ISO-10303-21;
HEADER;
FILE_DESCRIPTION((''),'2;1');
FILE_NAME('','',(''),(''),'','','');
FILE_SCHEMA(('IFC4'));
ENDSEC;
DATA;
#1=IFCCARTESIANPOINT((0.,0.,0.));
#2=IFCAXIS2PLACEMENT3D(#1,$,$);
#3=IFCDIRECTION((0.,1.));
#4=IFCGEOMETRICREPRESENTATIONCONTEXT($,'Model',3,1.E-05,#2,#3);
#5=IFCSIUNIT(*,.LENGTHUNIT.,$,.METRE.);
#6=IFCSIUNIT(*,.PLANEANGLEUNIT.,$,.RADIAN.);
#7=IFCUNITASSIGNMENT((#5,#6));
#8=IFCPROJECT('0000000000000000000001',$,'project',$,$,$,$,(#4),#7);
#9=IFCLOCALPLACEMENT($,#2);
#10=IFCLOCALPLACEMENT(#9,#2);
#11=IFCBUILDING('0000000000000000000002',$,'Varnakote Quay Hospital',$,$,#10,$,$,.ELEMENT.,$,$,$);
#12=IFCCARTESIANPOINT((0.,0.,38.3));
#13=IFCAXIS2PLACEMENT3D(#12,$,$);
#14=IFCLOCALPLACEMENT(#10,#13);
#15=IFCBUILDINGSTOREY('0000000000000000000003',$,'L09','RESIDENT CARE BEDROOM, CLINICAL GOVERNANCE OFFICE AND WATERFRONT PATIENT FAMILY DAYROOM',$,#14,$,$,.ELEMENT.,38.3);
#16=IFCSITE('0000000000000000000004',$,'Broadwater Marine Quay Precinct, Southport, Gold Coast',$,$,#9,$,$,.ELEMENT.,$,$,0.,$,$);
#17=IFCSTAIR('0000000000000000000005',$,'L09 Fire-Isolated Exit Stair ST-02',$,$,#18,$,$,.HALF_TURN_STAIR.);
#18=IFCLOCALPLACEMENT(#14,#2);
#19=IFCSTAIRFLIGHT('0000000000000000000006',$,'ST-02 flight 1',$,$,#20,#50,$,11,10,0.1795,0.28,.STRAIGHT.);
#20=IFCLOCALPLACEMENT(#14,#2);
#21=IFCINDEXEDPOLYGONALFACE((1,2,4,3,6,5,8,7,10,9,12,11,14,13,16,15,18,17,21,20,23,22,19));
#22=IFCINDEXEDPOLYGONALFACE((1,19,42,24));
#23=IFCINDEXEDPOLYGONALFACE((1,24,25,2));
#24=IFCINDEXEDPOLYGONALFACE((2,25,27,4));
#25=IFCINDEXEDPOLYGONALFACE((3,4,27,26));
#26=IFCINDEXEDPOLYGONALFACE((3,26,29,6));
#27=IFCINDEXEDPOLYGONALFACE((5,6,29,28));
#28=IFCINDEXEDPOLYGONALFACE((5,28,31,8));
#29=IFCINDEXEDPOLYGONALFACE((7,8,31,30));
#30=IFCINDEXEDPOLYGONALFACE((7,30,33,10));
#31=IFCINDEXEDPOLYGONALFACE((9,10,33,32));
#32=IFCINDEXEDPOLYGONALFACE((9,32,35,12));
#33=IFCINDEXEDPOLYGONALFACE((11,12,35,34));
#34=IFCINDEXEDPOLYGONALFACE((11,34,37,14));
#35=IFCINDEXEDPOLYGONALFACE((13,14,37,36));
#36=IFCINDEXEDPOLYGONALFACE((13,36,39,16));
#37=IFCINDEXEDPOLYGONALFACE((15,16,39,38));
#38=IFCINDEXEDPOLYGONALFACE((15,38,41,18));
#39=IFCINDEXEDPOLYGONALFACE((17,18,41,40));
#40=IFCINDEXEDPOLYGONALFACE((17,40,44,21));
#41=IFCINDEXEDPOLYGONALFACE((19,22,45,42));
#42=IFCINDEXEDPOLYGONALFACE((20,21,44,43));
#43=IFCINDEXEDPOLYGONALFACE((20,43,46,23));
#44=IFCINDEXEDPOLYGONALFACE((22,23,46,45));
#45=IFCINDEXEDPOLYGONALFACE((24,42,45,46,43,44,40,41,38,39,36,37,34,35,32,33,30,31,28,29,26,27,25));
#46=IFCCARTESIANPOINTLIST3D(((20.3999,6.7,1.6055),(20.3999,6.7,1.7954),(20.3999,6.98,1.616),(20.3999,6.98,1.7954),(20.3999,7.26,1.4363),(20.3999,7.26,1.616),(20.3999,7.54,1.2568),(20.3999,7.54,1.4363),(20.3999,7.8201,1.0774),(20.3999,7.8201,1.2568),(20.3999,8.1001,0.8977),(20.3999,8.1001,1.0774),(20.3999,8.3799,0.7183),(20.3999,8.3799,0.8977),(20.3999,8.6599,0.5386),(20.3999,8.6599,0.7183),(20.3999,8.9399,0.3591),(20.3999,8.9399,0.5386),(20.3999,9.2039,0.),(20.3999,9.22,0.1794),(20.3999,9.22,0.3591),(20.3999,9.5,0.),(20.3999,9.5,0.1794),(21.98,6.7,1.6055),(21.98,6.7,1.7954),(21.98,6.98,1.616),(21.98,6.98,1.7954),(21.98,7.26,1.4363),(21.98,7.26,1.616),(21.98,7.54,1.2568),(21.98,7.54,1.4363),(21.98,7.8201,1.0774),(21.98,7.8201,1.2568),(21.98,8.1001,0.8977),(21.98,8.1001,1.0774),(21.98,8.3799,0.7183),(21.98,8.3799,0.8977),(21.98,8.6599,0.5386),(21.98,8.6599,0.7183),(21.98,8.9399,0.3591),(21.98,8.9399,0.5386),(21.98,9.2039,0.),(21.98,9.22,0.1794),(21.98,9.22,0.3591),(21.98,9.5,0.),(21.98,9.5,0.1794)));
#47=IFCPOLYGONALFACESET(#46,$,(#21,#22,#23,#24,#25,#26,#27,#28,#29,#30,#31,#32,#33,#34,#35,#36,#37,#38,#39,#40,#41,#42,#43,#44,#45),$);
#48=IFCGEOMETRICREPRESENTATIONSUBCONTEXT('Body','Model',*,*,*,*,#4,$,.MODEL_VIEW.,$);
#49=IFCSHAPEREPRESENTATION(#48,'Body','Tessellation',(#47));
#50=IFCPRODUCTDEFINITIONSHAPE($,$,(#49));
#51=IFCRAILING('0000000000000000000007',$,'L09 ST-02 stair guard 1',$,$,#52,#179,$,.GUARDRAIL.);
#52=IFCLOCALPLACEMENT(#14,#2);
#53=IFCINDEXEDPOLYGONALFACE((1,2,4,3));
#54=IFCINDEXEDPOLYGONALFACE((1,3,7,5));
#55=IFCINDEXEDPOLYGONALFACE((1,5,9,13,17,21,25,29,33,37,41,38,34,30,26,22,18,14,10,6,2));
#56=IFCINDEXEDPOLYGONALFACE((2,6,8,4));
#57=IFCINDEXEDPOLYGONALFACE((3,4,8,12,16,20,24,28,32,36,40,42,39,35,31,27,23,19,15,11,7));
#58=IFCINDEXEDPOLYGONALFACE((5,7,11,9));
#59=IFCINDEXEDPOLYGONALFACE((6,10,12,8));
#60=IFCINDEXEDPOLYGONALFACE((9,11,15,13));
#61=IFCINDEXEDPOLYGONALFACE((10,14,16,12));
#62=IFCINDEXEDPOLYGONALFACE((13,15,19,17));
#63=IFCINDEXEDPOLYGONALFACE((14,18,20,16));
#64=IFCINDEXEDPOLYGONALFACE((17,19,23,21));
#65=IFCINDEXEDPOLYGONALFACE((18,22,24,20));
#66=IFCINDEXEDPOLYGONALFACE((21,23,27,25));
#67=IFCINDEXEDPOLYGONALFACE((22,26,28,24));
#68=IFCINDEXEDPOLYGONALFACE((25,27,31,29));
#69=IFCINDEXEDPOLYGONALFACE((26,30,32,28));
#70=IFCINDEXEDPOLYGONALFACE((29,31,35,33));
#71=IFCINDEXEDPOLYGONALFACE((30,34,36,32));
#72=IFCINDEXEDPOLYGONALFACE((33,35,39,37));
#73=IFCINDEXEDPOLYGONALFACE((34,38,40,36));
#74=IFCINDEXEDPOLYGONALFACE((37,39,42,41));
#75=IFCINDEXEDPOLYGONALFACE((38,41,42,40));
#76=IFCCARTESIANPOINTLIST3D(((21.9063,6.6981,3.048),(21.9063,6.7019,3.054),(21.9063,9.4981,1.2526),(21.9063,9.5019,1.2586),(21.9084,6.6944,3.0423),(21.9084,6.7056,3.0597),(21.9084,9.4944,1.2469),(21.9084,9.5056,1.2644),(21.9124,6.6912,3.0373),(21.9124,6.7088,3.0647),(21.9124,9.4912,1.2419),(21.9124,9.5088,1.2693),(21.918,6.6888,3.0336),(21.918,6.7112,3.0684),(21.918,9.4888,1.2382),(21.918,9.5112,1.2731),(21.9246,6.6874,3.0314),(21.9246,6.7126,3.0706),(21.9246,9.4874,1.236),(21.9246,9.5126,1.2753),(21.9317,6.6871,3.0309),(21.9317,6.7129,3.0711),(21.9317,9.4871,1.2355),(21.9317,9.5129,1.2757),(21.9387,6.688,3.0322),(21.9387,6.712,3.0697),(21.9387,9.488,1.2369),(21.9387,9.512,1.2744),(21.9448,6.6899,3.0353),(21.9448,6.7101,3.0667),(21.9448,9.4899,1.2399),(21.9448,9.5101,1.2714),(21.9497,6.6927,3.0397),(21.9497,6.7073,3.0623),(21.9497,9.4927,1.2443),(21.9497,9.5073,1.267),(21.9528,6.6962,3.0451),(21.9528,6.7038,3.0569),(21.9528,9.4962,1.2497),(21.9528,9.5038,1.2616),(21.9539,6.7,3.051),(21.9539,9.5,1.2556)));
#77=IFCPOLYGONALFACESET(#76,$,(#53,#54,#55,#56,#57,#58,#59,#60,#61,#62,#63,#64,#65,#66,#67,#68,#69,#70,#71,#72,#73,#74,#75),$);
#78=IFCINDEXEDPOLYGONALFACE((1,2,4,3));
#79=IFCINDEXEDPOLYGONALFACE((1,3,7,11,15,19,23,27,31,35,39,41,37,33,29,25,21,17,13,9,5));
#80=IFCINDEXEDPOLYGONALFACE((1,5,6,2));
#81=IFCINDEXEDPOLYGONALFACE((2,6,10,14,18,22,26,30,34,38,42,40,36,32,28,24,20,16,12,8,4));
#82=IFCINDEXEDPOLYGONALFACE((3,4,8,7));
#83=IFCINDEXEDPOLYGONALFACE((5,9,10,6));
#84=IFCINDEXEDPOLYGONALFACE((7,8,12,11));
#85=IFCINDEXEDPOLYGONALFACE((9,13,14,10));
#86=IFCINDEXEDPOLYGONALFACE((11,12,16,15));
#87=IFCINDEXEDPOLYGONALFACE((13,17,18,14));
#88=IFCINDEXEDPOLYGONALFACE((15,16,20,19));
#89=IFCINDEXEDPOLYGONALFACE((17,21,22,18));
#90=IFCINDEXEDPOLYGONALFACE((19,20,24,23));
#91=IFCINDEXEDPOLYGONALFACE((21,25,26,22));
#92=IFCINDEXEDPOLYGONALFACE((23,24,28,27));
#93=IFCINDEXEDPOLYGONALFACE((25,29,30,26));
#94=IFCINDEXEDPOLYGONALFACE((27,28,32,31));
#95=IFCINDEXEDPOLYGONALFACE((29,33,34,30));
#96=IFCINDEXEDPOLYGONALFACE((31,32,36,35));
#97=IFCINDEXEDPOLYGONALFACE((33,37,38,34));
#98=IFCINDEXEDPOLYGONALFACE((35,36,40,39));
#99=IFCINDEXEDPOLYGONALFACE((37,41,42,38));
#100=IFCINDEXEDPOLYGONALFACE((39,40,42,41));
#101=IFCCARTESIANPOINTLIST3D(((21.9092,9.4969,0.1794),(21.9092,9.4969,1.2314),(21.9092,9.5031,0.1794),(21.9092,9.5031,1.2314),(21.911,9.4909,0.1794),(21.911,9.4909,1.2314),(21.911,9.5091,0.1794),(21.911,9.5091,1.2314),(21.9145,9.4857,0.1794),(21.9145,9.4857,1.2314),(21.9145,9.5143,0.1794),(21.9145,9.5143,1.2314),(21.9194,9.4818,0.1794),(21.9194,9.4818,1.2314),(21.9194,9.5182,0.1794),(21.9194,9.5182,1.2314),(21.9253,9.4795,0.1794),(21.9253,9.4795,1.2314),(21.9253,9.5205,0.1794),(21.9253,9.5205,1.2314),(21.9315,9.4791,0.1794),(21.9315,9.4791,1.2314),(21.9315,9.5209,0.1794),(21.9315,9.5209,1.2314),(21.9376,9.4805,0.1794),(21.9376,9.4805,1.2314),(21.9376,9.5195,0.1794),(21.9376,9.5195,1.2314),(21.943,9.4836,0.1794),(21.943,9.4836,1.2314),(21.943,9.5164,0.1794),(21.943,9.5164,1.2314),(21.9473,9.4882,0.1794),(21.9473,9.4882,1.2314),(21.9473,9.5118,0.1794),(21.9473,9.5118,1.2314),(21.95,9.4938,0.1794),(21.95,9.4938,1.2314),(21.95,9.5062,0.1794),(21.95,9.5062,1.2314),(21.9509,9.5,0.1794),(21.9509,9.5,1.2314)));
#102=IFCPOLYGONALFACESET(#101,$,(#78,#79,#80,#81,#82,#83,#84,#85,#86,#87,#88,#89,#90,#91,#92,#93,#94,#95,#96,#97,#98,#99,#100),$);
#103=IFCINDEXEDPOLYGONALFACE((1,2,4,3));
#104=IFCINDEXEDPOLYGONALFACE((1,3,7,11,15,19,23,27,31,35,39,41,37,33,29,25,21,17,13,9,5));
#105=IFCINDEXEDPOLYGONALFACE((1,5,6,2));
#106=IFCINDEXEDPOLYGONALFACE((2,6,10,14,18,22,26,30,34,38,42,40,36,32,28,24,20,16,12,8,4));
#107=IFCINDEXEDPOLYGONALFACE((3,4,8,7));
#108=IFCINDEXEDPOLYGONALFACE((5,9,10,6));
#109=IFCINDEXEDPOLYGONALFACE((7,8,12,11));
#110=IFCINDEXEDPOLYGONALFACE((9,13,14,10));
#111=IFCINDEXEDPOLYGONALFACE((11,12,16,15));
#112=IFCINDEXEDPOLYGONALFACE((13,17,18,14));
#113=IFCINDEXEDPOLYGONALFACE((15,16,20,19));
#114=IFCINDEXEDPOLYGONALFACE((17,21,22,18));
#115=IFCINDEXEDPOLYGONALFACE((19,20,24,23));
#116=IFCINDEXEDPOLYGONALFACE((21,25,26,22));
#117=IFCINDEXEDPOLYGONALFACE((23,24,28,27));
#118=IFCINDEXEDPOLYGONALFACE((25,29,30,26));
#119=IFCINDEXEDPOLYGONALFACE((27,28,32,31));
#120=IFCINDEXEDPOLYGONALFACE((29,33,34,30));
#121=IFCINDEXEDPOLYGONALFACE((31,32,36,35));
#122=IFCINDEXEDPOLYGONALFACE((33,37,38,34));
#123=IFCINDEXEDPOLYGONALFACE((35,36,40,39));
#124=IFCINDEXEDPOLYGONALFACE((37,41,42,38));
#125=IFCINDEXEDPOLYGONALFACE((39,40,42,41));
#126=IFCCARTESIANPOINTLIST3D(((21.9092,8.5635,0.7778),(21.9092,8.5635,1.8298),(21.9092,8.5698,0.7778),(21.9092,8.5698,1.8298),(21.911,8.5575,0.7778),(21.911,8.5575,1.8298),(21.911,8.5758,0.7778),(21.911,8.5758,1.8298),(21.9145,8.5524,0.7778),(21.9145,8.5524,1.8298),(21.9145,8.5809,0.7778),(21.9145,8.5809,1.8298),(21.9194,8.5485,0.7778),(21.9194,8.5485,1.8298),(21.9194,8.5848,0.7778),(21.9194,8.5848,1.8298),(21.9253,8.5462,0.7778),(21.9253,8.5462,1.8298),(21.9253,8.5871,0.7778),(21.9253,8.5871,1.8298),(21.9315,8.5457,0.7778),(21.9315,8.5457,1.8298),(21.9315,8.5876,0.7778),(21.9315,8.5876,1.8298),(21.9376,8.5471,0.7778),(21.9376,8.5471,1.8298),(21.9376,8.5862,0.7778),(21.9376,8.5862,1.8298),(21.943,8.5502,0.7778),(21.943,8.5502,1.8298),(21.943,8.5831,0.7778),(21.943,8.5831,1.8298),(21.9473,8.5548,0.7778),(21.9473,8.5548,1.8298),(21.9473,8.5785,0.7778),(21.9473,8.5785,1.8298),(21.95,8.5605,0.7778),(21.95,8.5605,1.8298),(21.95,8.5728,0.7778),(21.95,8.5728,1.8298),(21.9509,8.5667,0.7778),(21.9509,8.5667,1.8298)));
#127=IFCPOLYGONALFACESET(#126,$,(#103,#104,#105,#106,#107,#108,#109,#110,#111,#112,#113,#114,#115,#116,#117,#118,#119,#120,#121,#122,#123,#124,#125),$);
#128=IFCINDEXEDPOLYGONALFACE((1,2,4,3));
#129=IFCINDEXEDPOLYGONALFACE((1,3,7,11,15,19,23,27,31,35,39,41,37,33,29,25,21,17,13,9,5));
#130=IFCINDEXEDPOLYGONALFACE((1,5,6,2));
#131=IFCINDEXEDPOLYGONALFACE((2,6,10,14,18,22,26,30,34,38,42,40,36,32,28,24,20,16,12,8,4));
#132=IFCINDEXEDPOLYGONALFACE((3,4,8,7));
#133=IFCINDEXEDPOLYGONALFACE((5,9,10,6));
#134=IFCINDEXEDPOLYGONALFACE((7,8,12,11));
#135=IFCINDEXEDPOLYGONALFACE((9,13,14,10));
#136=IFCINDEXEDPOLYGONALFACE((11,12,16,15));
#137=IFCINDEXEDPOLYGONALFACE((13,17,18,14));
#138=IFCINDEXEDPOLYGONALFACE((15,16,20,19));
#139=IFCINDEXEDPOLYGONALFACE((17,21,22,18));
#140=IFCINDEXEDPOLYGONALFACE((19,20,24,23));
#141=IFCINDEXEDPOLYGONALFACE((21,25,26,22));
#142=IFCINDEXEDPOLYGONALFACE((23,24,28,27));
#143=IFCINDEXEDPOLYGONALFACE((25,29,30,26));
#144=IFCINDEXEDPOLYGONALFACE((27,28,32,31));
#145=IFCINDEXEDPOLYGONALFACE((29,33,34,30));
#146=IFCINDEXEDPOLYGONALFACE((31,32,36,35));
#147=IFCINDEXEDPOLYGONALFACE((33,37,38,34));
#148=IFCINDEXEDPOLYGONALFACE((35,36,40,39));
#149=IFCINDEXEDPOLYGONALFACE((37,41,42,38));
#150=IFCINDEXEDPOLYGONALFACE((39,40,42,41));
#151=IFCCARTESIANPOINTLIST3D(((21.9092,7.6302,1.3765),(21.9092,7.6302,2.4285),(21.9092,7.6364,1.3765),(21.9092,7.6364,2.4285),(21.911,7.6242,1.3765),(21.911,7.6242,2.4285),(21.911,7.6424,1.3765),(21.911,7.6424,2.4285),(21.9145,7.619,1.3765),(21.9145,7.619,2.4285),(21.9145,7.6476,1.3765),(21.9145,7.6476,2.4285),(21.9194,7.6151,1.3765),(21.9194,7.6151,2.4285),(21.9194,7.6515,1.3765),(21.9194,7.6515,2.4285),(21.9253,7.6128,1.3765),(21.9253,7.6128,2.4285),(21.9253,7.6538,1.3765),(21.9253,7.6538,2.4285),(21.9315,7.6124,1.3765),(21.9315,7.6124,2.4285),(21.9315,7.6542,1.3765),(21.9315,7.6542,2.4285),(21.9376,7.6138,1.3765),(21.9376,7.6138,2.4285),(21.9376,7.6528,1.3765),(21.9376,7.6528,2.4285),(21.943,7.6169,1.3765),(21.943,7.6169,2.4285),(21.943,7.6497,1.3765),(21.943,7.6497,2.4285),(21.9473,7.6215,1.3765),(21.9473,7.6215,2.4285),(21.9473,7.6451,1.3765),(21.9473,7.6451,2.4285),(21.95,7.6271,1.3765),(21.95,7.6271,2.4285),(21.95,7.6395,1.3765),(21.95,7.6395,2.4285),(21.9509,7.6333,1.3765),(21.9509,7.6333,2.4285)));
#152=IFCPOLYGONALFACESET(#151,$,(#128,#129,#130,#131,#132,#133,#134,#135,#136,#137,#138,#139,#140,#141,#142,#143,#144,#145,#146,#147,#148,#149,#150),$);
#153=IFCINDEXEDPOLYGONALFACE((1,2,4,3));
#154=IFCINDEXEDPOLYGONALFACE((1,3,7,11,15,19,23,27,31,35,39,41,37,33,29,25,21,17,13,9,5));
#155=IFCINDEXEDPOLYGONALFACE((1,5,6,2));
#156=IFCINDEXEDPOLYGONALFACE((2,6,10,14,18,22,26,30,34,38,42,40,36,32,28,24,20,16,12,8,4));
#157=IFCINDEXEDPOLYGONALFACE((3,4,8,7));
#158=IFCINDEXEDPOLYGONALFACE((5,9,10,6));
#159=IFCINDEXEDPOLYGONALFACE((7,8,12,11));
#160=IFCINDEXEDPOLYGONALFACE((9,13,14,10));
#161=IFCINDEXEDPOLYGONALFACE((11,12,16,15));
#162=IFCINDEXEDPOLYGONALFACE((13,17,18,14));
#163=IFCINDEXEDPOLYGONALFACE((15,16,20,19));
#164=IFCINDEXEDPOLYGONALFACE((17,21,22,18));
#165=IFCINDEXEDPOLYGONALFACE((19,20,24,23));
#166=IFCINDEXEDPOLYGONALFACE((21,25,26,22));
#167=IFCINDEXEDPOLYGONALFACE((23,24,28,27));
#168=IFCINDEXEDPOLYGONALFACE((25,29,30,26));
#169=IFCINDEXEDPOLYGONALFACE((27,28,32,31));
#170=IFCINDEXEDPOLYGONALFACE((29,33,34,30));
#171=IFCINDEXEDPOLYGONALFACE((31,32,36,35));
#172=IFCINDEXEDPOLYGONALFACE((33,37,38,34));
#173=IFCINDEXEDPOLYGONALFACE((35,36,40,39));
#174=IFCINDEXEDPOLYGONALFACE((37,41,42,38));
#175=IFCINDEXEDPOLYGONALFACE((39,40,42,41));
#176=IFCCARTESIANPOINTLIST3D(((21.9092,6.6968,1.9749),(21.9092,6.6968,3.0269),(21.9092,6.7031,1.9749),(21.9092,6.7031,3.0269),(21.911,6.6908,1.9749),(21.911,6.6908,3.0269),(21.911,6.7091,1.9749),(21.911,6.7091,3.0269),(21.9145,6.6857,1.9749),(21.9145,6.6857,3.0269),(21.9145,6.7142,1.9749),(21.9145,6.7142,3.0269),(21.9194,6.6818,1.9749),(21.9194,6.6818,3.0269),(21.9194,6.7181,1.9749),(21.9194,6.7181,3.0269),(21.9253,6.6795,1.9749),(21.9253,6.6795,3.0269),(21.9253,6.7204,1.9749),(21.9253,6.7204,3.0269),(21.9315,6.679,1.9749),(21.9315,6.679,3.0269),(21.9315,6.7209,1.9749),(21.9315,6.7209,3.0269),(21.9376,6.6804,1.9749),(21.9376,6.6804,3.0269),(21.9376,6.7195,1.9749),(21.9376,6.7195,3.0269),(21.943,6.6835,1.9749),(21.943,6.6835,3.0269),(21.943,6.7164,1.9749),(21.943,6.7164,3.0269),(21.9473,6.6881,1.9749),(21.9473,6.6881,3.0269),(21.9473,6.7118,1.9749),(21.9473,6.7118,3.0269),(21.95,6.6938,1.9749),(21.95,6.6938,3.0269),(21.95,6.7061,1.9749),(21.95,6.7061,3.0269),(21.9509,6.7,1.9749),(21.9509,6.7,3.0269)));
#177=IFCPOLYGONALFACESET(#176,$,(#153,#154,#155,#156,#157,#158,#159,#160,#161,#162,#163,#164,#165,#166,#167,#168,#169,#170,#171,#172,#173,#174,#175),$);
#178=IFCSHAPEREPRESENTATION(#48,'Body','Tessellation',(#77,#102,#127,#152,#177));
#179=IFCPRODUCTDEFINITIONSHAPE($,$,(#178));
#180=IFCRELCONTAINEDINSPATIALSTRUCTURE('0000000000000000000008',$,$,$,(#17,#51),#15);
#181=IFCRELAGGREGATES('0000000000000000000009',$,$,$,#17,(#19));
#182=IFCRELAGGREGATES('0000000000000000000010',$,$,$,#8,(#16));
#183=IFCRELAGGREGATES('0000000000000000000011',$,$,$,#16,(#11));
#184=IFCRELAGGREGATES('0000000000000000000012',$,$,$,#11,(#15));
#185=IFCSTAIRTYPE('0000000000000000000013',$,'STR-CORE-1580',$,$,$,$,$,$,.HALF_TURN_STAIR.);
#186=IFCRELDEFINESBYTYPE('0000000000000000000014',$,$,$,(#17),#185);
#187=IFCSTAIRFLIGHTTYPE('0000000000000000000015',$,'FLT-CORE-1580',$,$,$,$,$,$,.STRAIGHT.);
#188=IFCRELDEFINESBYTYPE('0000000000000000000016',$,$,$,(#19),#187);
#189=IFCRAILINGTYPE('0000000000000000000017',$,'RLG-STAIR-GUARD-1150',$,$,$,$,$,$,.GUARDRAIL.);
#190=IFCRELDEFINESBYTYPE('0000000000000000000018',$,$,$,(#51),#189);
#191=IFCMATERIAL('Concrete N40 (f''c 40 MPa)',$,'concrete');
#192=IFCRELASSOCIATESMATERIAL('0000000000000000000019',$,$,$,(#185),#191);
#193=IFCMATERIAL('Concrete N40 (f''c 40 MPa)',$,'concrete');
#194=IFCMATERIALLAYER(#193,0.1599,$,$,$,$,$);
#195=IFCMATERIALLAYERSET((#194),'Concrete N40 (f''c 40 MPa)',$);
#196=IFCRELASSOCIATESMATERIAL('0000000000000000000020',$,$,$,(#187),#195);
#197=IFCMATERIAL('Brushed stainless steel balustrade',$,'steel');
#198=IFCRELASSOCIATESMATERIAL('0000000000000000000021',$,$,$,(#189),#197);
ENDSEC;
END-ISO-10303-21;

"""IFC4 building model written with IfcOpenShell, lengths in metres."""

from ifc_helpers import new_model, si_unit, direction, frame, origin, origin_2d, place, context, subcontext, project, spatial, polyline, circle, outline, extrude, material, layer, layer_set, type_object, element, aggregate, save


model = new_model("IFC4")

# Units and contexts
model_context = context("Model", 3, precision=1e-05, world=origin(), true_north=direction((0.0, 1.0)))
body_context = subcontext(model_context, "Body", "Model", "MODEL_VIEW")
ifc_project = project(units=[si_unit("LENGTHUNIT", "METRE"), si_unit("PLANEANGLEUNIT", "RADIAN")], contexts=[model_context])

# Site, building, storey
site_placement = place(None, origin())
site = spatial("IfcSite", under=ifc_project, at=site_placement, Name="Broadwater Marine Quay Precinct, Southport, Gold Coast", CompositionType="ELEMENT", RefElevation=0.0)
building_placement = place(site_placement, origin())
building = spatial("IfcBuilding", under=site, at=building_placement, Name="Varnakote Quay Hospital", CompositionType="ELEMENT")
storey_placement = place(building_placement, frame((0.0, 0.0, 38.3)))
storey = spatial("IfcBuildingStorey", under=building, at=storey_placement, Name="L09", Description="RESIDENT CARE BEDROOM, CLINICAL GOVERNANCE OFFICE AND WATERFRONT PATIENT FAMILY DAYROOM", CompositionType="ELEMENT", Elevation=38.3)

# Stair, stair flight
ifc_material_1 = material(Name="Concrete N40 (f'c 40 MPa)", Category="concrete")
stair_type = type_object("IfcStairType", Name="STR-CORE-1580", PredefinedType="HALF_TURN_STAIR", material=ifc_material_1)
stair_placement = place(storey_placement, origin())
stair = element("IfcStair", 1, at=stair_placement, inside=storey, type_object=stair_type, Name="L09 Fire-Isolated Exit Stair ST-02", PredefinedType="HALF_TURN_STAIR")
ifc_material_2 = material(Name="Concrete N40 (f'c 40 MPa)", Category="concrete")
ifc_layer_1 = layer(ifc_material_2, 0.1599)
ifc_layer_set_1 = layer_set([ifc_layer_1], Name="Concrete N40 (f'c 40 MPa)")
stair_flight_type = type_object("IfcStairFlightType", Name="FLT-CORE-1580", PredefinedType="STRAIGHT", material=ifc_layer_set_1)
stair_flight_placement = place(storey_placement, frame((21.1899, 9.5, 0.0), z_axis=(0.0, 0.0, 1.0), x_axis=(0.0, -1.0, 0.0)))
stair_flight = element("IfcStairFlight", 2, at=stair_flight_placement, type_object=stair_flight_type, Name="ST-02 flight 1", NumberOfRisers=11, NumberOfTreads=10, PredefinedType="STRAIGHT", RiserHeight=0.1795, TreadLength=0.28, context=body_context, shape_type="SweptSolid", body=[
    extrude(outline(polyline([(0.0, 0.0), (0.0, 0.1794), (0.28, 0.1794), (0.28, 0.3591), (0.5601, 0.3591), (0.5601, 0.5386), (0.8401, 0.5386), (0.8401, 0.7183), (1.1201, 0.7183), (1.1201, 0.8977), (1.3999, 0.8977), (1.3999, 1.0774), (1.6799, 1.0774), (1.6799, 1.2568), (1.96, 1.2568), (1.96, 1.4363), (2.24, 1.4363), (2.24, 1.616), (2.52, 1.616), (2.52, 1.7954), (2.8, 1.7954), (2.8, 1.9751), (2.8, 1.6055), (0.2961, 0.0), (0.0, 0.0)])), frame((0.0, 0.79, 0.0), z_axis=(0.0, -1.0, 0.0), x_axis=(1.0, 0.0, 0.0)), (0.0, 0.0, 1.0), 1.5801),
])
aggregate(stair, [stair_flight])

# Railing
ifc_material_3 = material(Name="Brushed stainless steel balustrade", Category="steel")
railing_type_1 = type_object("IfcRailingType", Name="RLG-STAIR-GUARD-1150", PredefinedType="GUARDRAIL", material=ifc_material_3)
railing_1_placement = place(storey_placement, frame((21.9299, 9.5, 0.1794)))
element("IfcRailing", 3, at=railing_1_placement, inside=storey, type_object=railing_type_1, Name="L09 ST-02 stair guard 1", PredefinedType="GUARDRAIL", context=body_context, shape_type="SweptSolid", body=[
    extrude(circle(Radius=0.0239, at=origin_2d()), frame((0.0, 0.0, 1.0762), z_axis=(0.0, -0.84181, 0.539774), x_axis=(1.0, 0.0, 0.0)), (0.0, 0.0, 1.0), 3.3262),
    extrude(circle(Radius=0.021, at=origin_2d()), origin(), (0.0, 0.0, 1.0), 1.052),
    extrude(circle(Radius=0.021, at=origin_2d()), frame((0.0, -0.9333, 0.5984)), (0.0, 0.0, 1.0), 1.052),
    extrude(circle(Radius=0.021, at=origin_2d()), frame((0.0, -1.8667, 1.197)), (0.0, 0.0, 1.0), 1.052),
    extrude(circle(Radius=0.021, at=origin_2d()), frame((0.0, -2.8, 1.7954)), (0.0, 0.0, 1.0), 1.052),
])

save(model, "model.ifc")
